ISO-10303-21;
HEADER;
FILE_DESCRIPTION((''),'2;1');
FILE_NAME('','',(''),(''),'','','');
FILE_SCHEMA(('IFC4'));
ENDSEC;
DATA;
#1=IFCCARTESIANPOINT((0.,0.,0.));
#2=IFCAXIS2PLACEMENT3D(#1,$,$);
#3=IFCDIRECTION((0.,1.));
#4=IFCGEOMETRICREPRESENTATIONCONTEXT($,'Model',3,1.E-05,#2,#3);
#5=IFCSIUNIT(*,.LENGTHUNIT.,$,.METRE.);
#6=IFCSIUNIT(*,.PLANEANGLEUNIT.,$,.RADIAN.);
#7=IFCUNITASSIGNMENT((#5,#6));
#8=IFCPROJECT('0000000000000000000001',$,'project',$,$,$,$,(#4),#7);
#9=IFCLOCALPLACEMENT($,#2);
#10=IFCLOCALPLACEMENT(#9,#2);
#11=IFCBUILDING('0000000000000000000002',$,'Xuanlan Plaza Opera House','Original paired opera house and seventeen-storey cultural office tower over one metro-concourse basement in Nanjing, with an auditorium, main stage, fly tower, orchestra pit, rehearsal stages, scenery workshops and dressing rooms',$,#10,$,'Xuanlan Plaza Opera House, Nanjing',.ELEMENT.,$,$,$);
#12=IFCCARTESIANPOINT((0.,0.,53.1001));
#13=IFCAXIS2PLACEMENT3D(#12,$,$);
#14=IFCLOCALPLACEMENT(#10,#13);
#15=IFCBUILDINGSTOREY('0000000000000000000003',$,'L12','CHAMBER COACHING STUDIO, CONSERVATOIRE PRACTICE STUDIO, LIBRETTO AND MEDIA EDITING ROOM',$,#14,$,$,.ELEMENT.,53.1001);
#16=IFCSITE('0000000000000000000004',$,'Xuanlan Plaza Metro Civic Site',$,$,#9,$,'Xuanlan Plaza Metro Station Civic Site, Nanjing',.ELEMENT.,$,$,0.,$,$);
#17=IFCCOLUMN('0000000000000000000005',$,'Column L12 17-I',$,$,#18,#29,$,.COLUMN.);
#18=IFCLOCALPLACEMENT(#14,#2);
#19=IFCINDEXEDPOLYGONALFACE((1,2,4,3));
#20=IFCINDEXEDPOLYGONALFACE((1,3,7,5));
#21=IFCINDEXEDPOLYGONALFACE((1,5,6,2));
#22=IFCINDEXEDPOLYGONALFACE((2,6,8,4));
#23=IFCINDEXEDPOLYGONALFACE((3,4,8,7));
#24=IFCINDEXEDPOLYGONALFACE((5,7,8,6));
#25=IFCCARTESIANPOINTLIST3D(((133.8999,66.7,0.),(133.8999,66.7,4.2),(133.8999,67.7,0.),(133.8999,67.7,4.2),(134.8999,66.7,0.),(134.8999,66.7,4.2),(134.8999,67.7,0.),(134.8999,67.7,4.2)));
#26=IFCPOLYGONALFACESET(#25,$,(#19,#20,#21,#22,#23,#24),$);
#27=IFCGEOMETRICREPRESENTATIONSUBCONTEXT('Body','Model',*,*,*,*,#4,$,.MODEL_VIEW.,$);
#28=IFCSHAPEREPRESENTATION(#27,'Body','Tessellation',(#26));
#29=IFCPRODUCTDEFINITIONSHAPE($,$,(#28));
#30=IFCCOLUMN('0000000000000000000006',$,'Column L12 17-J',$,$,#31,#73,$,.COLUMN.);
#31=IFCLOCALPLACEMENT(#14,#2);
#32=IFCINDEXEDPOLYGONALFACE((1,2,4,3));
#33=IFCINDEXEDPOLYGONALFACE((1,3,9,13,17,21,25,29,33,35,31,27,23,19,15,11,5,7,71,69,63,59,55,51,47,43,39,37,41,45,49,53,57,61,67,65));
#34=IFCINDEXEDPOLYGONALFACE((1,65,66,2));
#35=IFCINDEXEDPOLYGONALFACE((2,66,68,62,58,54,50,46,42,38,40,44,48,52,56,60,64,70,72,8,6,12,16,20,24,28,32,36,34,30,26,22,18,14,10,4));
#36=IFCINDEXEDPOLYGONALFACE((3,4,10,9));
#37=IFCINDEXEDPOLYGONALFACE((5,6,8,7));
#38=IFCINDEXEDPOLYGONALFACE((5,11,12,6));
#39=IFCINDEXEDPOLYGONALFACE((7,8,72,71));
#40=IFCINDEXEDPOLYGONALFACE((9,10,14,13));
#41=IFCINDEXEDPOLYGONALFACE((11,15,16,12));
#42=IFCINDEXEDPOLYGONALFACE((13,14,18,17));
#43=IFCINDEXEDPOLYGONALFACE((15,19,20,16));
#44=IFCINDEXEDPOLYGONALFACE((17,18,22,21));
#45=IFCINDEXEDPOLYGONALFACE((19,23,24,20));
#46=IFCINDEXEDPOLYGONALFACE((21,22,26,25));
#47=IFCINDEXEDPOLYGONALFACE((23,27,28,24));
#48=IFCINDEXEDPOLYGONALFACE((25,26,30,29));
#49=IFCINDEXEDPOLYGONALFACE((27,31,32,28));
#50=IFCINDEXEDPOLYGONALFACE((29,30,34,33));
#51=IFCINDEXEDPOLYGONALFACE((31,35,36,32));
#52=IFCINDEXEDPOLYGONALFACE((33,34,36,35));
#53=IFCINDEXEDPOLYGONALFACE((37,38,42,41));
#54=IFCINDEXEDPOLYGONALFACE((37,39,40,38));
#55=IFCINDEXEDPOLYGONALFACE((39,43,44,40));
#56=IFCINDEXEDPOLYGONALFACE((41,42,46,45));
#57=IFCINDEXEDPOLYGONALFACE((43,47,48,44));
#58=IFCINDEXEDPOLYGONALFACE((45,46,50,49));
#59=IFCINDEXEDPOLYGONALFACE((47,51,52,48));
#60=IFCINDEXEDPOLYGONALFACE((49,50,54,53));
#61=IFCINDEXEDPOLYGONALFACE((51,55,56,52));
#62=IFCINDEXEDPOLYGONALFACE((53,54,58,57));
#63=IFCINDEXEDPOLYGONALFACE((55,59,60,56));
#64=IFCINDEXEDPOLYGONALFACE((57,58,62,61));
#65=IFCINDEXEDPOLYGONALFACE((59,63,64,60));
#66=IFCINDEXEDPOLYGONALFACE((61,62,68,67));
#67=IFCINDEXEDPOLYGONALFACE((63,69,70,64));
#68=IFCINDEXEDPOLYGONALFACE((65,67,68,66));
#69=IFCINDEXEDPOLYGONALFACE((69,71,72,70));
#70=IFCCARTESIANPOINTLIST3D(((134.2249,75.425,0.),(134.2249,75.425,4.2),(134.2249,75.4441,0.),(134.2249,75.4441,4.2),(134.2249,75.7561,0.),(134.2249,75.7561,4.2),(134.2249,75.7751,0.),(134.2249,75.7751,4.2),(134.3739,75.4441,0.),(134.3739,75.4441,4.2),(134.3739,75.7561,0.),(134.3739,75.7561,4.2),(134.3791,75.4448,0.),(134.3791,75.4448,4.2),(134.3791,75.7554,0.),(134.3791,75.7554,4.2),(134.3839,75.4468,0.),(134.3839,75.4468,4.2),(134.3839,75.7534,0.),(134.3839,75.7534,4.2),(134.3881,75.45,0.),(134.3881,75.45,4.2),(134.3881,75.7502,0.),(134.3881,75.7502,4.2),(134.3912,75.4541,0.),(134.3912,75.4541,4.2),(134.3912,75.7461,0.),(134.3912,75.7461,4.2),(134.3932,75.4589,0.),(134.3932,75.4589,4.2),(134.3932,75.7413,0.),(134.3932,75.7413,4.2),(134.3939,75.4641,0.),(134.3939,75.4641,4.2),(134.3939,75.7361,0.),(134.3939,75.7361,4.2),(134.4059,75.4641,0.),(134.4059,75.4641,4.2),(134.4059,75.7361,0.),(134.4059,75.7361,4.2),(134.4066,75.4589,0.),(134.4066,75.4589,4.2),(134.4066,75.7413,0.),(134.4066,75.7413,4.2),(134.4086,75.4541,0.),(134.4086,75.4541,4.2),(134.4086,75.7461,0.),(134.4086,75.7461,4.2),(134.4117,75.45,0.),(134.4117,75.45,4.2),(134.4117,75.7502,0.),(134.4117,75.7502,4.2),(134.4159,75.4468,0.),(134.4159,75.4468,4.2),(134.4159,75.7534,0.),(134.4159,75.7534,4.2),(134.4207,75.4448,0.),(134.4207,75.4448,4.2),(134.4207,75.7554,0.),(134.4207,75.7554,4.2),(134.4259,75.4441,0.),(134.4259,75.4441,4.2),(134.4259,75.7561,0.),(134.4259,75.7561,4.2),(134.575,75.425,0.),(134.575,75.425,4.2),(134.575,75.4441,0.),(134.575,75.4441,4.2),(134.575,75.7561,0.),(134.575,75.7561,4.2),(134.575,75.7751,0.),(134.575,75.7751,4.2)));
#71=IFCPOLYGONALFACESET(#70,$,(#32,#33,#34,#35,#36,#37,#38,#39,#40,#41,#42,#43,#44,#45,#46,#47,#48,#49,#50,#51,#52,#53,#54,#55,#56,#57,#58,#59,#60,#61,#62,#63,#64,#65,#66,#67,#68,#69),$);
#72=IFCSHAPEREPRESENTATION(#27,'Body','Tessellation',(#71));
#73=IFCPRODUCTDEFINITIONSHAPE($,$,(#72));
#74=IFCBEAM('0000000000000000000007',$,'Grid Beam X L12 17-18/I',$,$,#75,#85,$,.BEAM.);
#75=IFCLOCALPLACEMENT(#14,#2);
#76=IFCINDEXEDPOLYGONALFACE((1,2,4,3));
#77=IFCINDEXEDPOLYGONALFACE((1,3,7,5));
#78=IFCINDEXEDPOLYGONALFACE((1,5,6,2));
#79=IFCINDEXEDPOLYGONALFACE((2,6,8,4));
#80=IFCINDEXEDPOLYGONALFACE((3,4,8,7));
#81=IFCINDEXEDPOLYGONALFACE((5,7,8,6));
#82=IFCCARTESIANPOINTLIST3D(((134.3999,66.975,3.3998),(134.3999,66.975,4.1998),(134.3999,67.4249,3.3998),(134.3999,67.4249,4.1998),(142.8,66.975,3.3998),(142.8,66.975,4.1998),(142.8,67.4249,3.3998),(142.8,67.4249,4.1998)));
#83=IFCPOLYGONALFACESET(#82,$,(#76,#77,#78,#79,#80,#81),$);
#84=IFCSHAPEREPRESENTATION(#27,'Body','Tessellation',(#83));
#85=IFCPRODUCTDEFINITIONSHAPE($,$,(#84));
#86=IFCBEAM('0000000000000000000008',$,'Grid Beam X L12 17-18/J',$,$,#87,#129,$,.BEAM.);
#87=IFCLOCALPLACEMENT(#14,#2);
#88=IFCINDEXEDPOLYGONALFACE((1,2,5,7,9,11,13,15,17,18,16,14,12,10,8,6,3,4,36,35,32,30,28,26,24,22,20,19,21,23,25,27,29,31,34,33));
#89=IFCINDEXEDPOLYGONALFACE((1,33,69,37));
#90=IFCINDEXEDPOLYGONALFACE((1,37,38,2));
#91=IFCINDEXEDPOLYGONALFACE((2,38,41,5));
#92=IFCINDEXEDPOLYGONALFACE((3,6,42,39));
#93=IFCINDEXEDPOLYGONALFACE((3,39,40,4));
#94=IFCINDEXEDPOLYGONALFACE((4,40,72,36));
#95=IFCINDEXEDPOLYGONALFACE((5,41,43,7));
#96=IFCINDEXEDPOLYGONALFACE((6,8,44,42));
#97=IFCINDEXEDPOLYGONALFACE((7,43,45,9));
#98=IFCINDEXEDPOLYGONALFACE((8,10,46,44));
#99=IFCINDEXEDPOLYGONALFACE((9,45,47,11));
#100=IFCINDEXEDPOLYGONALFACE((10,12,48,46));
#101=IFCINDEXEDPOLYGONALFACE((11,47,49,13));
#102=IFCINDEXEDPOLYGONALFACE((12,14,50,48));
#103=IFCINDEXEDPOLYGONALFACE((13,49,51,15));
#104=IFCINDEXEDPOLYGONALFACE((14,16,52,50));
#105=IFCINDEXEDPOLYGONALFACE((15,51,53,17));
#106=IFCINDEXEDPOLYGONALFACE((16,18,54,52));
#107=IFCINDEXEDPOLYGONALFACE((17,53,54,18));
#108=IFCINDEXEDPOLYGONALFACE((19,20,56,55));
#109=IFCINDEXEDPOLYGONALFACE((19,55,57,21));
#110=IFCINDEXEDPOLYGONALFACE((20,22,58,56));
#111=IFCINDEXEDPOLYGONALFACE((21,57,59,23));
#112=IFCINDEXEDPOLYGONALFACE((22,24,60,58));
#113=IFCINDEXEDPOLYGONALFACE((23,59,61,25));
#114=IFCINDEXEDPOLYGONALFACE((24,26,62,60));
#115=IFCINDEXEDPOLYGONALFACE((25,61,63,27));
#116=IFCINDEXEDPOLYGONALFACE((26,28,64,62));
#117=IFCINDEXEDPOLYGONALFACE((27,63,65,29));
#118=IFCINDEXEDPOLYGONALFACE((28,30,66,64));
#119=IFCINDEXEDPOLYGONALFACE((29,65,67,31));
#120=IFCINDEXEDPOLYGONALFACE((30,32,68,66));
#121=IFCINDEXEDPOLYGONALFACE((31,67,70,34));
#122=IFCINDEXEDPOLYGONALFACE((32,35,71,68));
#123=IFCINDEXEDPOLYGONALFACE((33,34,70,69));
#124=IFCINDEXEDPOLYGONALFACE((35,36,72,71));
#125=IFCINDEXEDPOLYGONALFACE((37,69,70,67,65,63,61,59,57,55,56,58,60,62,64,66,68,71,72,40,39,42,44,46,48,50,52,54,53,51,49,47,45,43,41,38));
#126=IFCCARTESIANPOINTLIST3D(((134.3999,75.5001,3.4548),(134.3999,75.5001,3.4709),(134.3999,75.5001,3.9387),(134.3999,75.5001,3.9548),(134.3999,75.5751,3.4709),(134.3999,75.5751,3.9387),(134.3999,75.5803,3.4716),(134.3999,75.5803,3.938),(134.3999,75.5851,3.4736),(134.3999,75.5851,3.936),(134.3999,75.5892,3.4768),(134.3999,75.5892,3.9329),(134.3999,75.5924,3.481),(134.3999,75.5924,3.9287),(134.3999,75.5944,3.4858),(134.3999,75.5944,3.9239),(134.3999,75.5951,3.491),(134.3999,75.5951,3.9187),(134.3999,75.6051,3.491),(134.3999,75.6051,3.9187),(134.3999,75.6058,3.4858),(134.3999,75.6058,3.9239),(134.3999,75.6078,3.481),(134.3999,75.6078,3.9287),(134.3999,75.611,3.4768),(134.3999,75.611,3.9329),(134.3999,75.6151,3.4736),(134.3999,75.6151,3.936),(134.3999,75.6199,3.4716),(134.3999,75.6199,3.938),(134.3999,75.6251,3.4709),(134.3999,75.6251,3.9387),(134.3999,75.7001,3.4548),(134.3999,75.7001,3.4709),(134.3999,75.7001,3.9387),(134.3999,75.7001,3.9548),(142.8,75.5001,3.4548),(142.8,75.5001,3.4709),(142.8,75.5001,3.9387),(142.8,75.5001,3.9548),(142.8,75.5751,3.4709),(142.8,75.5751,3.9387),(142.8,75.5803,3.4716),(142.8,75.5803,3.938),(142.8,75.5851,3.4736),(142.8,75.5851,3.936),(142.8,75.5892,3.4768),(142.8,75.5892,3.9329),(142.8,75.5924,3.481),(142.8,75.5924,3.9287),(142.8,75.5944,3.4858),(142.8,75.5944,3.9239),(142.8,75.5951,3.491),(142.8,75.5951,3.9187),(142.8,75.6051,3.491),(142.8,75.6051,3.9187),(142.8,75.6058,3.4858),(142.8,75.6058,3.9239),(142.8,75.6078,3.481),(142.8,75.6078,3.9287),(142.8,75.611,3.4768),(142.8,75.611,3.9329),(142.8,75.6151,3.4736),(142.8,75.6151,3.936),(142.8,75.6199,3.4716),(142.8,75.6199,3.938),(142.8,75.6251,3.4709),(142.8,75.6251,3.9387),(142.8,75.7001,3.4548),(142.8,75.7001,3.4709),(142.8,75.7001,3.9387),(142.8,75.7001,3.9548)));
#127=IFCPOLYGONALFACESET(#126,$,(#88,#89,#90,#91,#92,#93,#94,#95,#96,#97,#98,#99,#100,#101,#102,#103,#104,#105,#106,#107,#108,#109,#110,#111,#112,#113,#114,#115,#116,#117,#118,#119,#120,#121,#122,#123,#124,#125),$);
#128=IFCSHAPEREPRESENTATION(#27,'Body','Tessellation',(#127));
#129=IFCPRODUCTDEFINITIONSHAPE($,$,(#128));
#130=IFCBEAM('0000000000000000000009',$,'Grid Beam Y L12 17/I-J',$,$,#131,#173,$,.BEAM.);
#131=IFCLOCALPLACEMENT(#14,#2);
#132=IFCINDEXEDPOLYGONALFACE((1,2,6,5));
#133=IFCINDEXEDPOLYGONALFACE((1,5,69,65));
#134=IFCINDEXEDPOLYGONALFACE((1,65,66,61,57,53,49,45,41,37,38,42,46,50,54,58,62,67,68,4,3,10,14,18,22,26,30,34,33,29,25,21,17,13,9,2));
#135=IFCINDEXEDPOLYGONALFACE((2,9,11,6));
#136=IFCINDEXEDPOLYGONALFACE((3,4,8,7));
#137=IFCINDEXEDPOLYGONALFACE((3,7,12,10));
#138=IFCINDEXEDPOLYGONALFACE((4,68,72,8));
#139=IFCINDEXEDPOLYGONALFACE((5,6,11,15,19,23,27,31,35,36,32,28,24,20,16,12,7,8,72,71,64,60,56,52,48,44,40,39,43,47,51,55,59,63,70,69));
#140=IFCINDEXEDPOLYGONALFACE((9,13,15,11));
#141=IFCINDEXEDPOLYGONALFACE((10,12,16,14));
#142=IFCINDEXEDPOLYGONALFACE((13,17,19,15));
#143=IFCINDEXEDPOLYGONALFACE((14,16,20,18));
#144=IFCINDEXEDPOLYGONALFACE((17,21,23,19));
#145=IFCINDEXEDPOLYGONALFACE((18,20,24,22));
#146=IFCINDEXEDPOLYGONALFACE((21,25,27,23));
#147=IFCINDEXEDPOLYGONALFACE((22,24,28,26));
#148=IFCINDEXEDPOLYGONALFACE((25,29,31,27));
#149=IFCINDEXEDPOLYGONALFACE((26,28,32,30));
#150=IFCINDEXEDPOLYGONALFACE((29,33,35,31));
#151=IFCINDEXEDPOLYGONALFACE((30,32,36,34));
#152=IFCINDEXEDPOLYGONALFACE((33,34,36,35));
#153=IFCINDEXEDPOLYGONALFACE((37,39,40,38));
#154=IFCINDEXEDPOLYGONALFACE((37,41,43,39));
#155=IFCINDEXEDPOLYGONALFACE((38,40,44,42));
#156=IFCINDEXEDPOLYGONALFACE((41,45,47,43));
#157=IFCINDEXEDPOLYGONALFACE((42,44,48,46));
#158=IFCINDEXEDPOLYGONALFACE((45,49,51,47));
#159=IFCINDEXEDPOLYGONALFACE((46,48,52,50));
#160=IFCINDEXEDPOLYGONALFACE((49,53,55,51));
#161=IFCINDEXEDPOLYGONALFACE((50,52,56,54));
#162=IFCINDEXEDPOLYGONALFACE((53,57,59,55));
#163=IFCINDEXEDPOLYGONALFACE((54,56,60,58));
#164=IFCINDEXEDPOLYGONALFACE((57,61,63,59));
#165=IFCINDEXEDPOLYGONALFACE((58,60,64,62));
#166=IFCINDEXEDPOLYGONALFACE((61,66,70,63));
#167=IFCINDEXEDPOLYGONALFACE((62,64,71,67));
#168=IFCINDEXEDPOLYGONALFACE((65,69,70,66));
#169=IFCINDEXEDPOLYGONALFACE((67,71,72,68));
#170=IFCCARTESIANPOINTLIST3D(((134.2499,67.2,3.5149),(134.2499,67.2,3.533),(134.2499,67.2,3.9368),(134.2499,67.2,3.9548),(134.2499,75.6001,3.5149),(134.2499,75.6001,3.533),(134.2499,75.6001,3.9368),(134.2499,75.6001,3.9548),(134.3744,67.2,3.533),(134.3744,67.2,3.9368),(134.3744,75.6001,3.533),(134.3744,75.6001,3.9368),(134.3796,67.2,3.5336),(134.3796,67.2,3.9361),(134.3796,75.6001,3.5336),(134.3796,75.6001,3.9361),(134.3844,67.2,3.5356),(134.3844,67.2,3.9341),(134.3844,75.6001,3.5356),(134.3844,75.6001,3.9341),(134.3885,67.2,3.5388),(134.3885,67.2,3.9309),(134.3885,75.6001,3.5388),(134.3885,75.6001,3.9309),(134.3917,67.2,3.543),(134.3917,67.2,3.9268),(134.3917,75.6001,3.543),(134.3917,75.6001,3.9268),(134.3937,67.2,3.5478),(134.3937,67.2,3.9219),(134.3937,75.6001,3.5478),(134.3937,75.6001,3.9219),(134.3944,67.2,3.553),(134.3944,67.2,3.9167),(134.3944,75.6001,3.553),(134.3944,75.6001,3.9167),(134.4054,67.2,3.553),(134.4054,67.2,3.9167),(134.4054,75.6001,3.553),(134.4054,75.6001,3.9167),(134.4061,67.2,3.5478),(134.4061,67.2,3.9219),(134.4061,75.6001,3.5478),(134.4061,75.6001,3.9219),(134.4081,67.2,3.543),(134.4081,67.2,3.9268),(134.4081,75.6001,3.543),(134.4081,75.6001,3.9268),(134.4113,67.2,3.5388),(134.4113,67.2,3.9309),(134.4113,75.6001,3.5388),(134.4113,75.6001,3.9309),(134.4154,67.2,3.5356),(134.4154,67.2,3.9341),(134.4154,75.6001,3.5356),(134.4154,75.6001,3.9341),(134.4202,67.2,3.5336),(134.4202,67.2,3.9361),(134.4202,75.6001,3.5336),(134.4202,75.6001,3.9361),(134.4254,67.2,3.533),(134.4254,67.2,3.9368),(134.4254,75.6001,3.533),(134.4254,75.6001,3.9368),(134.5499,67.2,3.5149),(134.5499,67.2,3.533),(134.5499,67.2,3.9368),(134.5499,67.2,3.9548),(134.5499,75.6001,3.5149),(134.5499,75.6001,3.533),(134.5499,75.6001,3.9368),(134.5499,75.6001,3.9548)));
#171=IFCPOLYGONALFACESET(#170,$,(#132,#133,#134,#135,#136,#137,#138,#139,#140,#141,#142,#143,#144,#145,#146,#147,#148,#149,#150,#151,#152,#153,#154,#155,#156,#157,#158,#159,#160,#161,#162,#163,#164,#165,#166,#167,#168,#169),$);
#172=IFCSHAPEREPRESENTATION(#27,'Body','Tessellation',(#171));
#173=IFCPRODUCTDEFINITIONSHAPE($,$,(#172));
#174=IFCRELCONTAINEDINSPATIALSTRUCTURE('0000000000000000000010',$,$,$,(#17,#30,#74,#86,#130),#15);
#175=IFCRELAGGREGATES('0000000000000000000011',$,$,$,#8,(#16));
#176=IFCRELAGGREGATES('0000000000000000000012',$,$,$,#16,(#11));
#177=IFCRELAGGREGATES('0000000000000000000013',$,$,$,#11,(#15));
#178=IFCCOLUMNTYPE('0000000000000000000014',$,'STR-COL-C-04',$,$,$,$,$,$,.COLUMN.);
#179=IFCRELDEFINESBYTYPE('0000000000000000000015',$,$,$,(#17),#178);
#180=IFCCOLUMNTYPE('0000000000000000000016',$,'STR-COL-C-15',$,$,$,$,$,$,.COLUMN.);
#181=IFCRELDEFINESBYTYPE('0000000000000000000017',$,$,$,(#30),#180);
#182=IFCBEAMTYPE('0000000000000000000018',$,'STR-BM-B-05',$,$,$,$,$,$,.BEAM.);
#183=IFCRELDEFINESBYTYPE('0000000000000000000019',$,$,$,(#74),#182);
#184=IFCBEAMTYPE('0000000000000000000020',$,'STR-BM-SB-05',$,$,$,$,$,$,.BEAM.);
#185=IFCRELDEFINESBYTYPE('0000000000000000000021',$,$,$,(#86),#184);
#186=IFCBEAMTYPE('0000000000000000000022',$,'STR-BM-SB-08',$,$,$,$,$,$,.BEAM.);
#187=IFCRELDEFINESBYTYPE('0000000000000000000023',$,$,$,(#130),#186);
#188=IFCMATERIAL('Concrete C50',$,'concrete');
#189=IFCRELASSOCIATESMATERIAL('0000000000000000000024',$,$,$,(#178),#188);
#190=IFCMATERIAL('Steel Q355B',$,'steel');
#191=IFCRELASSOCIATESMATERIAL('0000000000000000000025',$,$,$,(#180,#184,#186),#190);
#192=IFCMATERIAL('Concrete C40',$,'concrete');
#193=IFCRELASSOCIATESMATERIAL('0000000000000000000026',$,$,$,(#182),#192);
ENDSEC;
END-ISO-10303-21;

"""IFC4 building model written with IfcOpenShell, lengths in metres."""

from ifc_helpers import new_model, si_unit, direction, frame, origin, origin_2d, place, context, subcontext, project, spatial, rectangle, i_section, extrude, material, material_profile, profile_set, type_object, element, save


model = new_model("IFC4")

# Units and contexts
model_context = context("Model", 3, precision=1e-05, world=origin(), true_north=direction((0.0, 1.0)))
body_context = subcontext(model_context, "Body", "Model", "MODEL_VIEW")
ifc_project = project(units=[si_unit("LENGTHUNIT", "METRE"), si_unit("PLANEANGLEUNIT", "RADIAN")], contexts=[model_context])

# Site, building, storey
site_placement = place(None, origin())
site = spatial("IfcSite", under=ifc_project, at=site_placement, Name="Xuanlan Plaza Metro Civic Site", LongName="Xuanlan Plaza Metro Station Civic Site, Nanjing", CompositionType="ELEMENT", RefElevation=0.0)
building_placement = place(site_placement, origin())
building = spatial("IfcBuilding", under=site, at=building_placement, Name="Xuanlan Plaza Opera House", Description="Original paired opera house and seventeen-storey cultural office tower over one metro-concourse basement in Nanjing, with an auditorium, main stage, fly tower, orchestra pit, rehearsal stages, scenery workshops and dressing rooms", LongName="Xuanlan Plaza Opera House, Nanjing", CompositionType="ELEMENT")
storey_placement = place(building_placement, frame((0.0, 0.0, 53.1001)))
storey = spatial("IfcBuildingStorey", under=building, at=storey_placement, Name="L12", Description="CHAMBER COACHING STUDIO, CONSERVATOIRE PRACTICE STUDIO, LIBRETTO AND MEDIA EDITING ROOM", CompositionType="ELEMENT", Elevation=53.1001)

# Columns
ifc_material_1 = material(Name="Concrete C50", Category="concrete")
ifc_material_profile_1 = material_profile(ifc_material_1, rectangle(XDim=1.0, YDim=1.0, at=origin_2d()), Name="RC-COL 1000x1000")
ifc_profile_set_1 = profile_set([ifc_material_profile_1], Name="Concrete C50")
column_type_1 = type_object("IfcColumnType", Name="STR-COL-C-04", PredefinedType="COLUMN", material=ifc_profile_set_1)
column_1_placement = place(storey_placement, frame((134.3999, 67.2, 0.0), z_axis=(0.0, 0.0, 1.0), x_axis=(1.0, 0.0, 0.0)))
element("IfcColumn", 1, at=column_1_placement, inside=storey, type_object=column_type_1, Name="Column L12 17-I", PredefinedType="COLUMN", context=body_context, shape_type="SweptSolid", body=[
    extrude(rectangle(XDim=1.0, YDim=1.0, at=origin_2d()), origin(), (0.0, 0.0, 1.0), 4.2),
])
ifc_material_2 = material(Name="Steel Q355B", Category="steel")
ifc_material_profile_2 = material_profile(ifc_material_2, i_section(OverallWidth=0.3501, OverallDepth=0.3501, WebThickness=0.012, FlangeThickness=0.019, FilletRadius=0.02, at=origin_2d()), Name="HW 350x350x12x19")
ifc_profile_set_2 = profile_set([ifc_material_profile_2], Name="Steel Q355B")
column_type_2 = type_object("IfcColumnType", Name="STR-COL-C-15", PredefinedType="COLUMN", material=ifc_profile_set_2)
column_2_placement = place(storey_placement, frame((134.3999, 75.6001, 0.0), z_axis=(0.0, 0.0, 1.0), x_axis=(1.0, 0.0, 0.0)))
element("IfcColumn", 2, at=column_2_placement, inside=storey, type_object=column_type_2, Name="Column L12 17-J", PredefinedType="COLUMN", context=body_context, shape_type="SweptSolid", body=[
    extrude(i_section(OverallWidth=0.3501, OverallDepth=0.3501, WebThickness=0.012, FlangeThickness=0.019, FilletRadius=0.02, at=origin_2d()), origin(), (0.0, 0.0, 1.0), 4.2),
])

# Beams
ifc_material_3 = material(Name="Concrete C40", Category="concrete")
ifc_material_profile_3 = material_profile(ifc_material_3, rectangle(XDim=0.45, YDim=0.8, at=origin_2d()), Name="RC-BM 450x800")
ifc_profile_set_3 = profile_set([ifc_material_profile_3], Name="Concrete C40")
beam_type_1 = type_object("IfcBeamType", Name="STR-BM-B-05", PredefinedType="BEAM", material=ifc_profile_set_3)
beam_1_placement = place(storey_placement, frame((134.3999, 67.2, 3.7998), z_axis=(1.0, 0.0, 0.0), x_axis=(0.0, 1.0, 0.0)))
element("IfcBeam", 3, at=beam_1_placement, inside=storey, type_object=beam_type_1, Name="Grid Beam X L12 17-18/I", PredefinedType="BEAM", context=body_context, shape_type="SweptSolid", body=[
    extrude(rectangle(XDim=0.45, YDim=0.8, at=origin_2d()), origin(), (0.0, 0.0, 1.0), 8.4001),
])
ifc_material_profile_4 = material_profile(ifc_material_2, i_section(OverallWidth=0.2, OverallDepth=0.5, WebThickness=0.01, FlangeThickness=0.0161, FilletRadius=0.02, at=origin_2d()), Name="HN 500x200x10x16")
ifc_profile_set_4 = profile_set([ifc_material_profile_4], Name="Steel Q355B")
beam_type_2 = type_object("IfcBeamType", Name="STR-BM-SB-05", PredefinedType="BEAM", material=ifc_profile_set_4)
beam_2_placement = place(storey_placement, frame((134.3999, 75.6001, 3.7048), z_axis=(1.0, 0.0, 0.0), x_axis=(0.0, 1.0, 0.0)))
element("IfcBeam", 4, at=beam_2_placement, inside=storey, type_object=beam_type_2, Name="Grid Beam X L12 17-18/J", PredefinedType="BEAM", context=body_context, shape_type="SweptSolid", body=[
    extrude(i_section(OverallWidth=0.2, OverallDepth=0.5, WebThickness=0.01, FlangeThickness=0.0161, FilletRadius=0.02, at=origin_2d()), origin(), (0.0, 0.0, 1.0), 8.4001),
])
ifc_material_profile_5 = material_profile(ifc_material_2, i_section(OverallWidth=0.3, OverallDepth=0.4399, WebThickness=0.011, FlangeThickness=0.0181, FilletRadius=0.02, at=origin_2d()), Name="HM 440x300x11x18")
ifc_profile_set_5 = profile_set([ifc_material_profile_5], Name="Steel Q355B")
beam_type_3 = type_object("IfcBeamType", Name="STR-BM-SB-08", PredefinedType="BEAM", material=ifc_profile_set_5)
beam_3_placement = place(storey_placement, frame((134.3999, 67.2, 3.7349), z_axis=(0.0, 1.0, 0.0), x_axis=(-1.0, 0.0, 0.0)))
element("IfcBeam", 5, at=beam_3_placement, inside=storey, type_object=beam_type_3, Name="Grid Beam Y L12 17/I-J", PredefinedType="BEAM", context=body_context, shape_type="SweptSolid", body=[
    extrude(i_section(OverallWidth=0.3, OverallDepth=0.4399, WebThickness=0.011, FlangeThickness=0.0181, FilletRadius=0.02, at=origin_2d()), origin(), (0.0, 0.0, 1.0), 8.4001),
])

save(model, "model.ifc")
